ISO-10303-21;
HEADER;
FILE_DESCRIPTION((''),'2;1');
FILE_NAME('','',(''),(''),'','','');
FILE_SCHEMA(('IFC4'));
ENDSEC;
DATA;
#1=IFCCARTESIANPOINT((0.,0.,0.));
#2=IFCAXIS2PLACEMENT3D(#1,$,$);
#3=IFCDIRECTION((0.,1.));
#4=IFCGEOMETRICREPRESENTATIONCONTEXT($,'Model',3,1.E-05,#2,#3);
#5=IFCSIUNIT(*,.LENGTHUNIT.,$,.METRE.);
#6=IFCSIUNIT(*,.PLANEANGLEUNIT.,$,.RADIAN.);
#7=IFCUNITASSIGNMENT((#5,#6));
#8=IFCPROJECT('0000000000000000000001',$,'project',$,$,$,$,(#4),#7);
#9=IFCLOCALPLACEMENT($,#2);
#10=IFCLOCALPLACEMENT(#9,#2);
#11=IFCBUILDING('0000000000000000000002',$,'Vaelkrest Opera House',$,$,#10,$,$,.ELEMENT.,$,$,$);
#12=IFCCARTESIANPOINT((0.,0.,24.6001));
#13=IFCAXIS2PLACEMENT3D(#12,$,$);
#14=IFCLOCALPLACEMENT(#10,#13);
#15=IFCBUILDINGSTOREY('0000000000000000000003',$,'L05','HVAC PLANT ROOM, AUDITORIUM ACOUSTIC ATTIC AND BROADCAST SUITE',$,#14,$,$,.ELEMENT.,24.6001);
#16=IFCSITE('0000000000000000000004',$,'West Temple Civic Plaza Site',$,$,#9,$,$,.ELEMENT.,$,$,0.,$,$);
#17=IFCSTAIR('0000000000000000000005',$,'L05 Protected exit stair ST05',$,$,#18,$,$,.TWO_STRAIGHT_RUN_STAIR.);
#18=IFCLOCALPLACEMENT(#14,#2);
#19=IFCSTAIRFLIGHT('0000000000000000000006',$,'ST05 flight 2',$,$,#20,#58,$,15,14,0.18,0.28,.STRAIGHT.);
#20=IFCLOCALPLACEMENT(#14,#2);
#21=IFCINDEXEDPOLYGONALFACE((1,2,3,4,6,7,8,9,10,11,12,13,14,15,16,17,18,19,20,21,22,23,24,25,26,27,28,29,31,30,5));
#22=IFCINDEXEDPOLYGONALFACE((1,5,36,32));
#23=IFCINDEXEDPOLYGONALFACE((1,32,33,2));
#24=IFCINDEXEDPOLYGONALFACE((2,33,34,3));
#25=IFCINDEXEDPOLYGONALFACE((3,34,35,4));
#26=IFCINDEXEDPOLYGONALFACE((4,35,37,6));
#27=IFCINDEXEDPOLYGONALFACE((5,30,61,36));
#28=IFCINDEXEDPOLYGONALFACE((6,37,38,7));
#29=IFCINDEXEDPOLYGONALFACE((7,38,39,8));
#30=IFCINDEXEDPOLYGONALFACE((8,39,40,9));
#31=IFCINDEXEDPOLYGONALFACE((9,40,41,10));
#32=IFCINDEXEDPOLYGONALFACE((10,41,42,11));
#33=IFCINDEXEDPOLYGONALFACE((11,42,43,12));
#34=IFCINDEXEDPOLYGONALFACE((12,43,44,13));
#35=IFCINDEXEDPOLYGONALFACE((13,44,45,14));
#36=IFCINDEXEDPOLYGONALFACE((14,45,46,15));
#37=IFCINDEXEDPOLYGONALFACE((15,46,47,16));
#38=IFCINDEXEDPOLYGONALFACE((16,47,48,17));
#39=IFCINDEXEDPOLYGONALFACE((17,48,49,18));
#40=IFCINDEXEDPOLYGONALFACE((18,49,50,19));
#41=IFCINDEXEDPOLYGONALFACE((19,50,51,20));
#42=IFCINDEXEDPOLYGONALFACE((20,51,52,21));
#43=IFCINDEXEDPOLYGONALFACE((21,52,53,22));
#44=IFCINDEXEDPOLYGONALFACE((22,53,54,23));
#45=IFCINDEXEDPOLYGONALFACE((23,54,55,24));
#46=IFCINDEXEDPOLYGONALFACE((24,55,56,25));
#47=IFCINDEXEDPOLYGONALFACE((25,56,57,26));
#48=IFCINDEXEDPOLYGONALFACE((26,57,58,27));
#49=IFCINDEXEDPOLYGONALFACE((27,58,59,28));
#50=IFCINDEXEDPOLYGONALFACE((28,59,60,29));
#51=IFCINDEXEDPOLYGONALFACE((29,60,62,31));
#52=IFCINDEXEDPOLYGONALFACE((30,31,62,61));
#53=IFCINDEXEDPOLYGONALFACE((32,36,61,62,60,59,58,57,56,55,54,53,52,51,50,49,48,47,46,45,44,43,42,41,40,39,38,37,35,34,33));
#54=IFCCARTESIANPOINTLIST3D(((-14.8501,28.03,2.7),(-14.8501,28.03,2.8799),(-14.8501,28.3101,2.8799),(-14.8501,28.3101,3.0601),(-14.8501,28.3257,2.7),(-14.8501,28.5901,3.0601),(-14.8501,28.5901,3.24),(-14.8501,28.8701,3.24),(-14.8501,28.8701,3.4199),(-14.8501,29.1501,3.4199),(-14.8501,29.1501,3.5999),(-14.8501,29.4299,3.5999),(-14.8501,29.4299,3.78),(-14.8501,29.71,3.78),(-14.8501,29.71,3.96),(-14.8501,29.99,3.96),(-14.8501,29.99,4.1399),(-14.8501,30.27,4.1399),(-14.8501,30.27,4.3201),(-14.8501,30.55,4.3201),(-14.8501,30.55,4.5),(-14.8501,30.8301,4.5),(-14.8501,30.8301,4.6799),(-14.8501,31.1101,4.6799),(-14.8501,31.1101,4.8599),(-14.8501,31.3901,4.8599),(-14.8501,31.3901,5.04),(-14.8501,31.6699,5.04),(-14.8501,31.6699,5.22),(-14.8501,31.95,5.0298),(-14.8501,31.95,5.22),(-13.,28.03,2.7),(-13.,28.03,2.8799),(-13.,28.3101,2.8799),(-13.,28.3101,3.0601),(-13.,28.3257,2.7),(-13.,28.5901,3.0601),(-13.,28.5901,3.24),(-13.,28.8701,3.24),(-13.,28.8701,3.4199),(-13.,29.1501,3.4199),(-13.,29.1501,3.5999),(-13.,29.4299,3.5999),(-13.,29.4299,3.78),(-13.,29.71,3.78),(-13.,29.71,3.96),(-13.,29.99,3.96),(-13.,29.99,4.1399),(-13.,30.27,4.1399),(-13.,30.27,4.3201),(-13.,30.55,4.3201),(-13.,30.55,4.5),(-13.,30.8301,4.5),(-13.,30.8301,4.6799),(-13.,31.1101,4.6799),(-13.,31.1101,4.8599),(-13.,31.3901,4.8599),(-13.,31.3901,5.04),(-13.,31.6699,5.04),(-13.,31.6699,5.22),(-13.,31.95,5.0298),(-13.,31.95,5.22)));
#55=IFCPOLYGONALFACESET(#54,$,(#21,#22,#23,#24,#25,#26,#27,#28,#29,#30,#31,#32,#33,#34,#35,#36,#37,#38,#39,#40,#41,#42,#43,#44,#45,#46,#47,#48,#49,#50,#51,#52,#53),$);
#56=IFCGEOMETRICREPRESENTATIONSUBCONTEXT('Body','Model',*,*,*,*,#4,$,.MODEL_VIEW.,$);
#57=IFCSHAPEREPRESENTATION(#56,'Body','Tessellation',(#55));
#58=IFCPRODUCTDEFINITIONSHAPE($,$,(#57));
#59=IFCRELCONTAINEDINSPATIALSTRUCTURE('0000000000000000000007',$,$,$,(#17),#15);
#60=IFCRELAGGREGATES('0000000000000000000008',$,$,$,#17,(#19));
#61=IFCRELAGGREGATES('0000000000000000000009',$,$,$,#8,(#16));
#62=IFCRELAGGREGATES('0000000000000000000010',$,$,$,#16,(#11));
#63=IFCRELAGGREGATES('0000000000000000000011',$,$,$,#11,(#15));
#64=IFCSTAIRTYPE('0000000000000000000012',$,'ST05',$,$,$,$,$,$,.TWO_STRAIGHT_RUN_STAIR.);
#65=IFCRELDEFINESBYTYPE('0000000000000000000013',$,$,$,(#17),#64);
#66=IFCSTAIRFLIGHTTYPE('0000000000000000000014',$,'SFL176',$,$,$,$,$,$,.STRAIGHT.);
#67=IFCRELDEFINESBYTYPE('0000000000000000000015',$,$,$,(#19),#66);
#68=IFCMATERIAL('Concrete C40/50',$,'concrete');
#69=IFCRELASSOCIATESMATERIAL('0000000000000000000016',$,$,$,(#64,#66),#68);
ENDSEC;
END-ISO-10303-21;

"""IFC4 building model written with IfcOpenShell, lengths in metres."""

from ifc_helpers import new_model, si_unit, direction, frame, origin, place, context, subcontext, project, spatial, polyline, outline, extrude, material, type_object, element, aggregate, save


model = new_model("IFC4")

# Units and contexts
model_context = context("Model", 3, precision=1e-05, world=origin(), true_north=direction((0.0, 1.0)))
body_context = subcontext(model_context, "Body", "Model", "MODEL_VIEW")
ifc_project = project(units=[si_unit("LENGTHUNIT", "METRE"), si_unit("PLANEANGLEUNIT", "RADIAN")], contexts=[model_context])

# Site, building, storey
site_placement = place(None, origin())
site = spatial("IfcSite", under=ifc_project, at=site_placement, Name="West Temple Civic Plaza Site", CompositionType="ELEMENT", RefElevation=0.0)
building_placement = place(site_placement, origin())
building = spatial("IfcBuilding", under=site, at=building_placement, Name="Vaelkrest Opera House", CompositionType="ELEMENT")
storey_placement = place(building_placement, frame((0.0, 0.0, 24.6001)))
storey = spatial("IfcBuildingStorey", under=building, at=storey_placement, Name="L05", Description="HVAC PLANT ROOM, AUDITORIUM ACOUSTIC ATTIC AND BROADCAST SUITE", CompositionType="ELEMENT", Elevation=24.6001)

# Stair, stair flight
ifc_material_1 = material(Name="Concrete C40/50", Category="concrete")
stair_type = type_object("IfcStairType", Name="ST05", PredefinedType="TWO_STRAIGHT_RUN_STAIR", material=ifc_material_1)
stair_placement = place(storey_placement, origin())
stair = element("IfcStair", 1, at=stair_placement, inside=storey, type_object=stair_type, Name="L05 Protected exit stair ST05", PredefinedType="TWO_STRAIGHT_RUN_STAIR")
stair_flight_type = type_object("IfcStairFlightType", Name="SFL176", PredefinedType="STRAIGHT", material=ifc_material_1)
stair_flight_1_placement = place(storey_placement, frame((-13.925, 28.03, 2.7), z_axis=(0.0, 0.0, 1.0), x_axis=(0.0, 1.0, 0.0)))
stair_flight_1 = element("IfcStairFlight", 2, at=stair_flight_1_placement, type_object=stair_flight_type, Name="ST05 flight 2", NumberOfRisers=15, NumberOfTreads=14, PredefinedType="STRAIGHT", RiserHeight=0.18, TreadLength=0.28, context=body_context, shape_type="SweptSolid", body=[
    extrude(outline(polyline([(0.0, 0.0), (0.0, 0.1799), (0.28, 0.1799), (0.28, 0.3601), (0.5601, 0.3601), (0.5601, 0.54), (0.8401, 0.54), (0.8401, 0.72), (1.1201, 0.72), (1.1201, 0.8999), (1.3999, 0.8999), (1.3999, 1.0801), (1.6799, 1.0801), (1.6799, 1.26), (1.96, 1.26), (1.96, 1.4399), (2.24, 1.4399), (2.24, 1.6201), (2.52, 1.6201), (2.52, 1.8), (2.8, 1.8), (2.8, 1.98), (3.0801, 1.98), (3.0801, 2.1599), (3.3601, 2.1599), (3.3601, 2.3401), (3.6399, 2.3401), (3.6399, 2.52), (3.9199, 2.52), (3.9199, 2.7), (3.9199, 2.3298), (0.2957, 0.0), (0.0, 0.0)])), frame((0.0, 0.925, 0.0), z_axis=(0.0, -1.0, 0.0), x_axis=(1.0, 0.0, 0.0)), (0.0, 0.0, 1.0), 1.8501),
])
aggregate(stair, [stair_flight_1])

save(model, "model.ifc")
